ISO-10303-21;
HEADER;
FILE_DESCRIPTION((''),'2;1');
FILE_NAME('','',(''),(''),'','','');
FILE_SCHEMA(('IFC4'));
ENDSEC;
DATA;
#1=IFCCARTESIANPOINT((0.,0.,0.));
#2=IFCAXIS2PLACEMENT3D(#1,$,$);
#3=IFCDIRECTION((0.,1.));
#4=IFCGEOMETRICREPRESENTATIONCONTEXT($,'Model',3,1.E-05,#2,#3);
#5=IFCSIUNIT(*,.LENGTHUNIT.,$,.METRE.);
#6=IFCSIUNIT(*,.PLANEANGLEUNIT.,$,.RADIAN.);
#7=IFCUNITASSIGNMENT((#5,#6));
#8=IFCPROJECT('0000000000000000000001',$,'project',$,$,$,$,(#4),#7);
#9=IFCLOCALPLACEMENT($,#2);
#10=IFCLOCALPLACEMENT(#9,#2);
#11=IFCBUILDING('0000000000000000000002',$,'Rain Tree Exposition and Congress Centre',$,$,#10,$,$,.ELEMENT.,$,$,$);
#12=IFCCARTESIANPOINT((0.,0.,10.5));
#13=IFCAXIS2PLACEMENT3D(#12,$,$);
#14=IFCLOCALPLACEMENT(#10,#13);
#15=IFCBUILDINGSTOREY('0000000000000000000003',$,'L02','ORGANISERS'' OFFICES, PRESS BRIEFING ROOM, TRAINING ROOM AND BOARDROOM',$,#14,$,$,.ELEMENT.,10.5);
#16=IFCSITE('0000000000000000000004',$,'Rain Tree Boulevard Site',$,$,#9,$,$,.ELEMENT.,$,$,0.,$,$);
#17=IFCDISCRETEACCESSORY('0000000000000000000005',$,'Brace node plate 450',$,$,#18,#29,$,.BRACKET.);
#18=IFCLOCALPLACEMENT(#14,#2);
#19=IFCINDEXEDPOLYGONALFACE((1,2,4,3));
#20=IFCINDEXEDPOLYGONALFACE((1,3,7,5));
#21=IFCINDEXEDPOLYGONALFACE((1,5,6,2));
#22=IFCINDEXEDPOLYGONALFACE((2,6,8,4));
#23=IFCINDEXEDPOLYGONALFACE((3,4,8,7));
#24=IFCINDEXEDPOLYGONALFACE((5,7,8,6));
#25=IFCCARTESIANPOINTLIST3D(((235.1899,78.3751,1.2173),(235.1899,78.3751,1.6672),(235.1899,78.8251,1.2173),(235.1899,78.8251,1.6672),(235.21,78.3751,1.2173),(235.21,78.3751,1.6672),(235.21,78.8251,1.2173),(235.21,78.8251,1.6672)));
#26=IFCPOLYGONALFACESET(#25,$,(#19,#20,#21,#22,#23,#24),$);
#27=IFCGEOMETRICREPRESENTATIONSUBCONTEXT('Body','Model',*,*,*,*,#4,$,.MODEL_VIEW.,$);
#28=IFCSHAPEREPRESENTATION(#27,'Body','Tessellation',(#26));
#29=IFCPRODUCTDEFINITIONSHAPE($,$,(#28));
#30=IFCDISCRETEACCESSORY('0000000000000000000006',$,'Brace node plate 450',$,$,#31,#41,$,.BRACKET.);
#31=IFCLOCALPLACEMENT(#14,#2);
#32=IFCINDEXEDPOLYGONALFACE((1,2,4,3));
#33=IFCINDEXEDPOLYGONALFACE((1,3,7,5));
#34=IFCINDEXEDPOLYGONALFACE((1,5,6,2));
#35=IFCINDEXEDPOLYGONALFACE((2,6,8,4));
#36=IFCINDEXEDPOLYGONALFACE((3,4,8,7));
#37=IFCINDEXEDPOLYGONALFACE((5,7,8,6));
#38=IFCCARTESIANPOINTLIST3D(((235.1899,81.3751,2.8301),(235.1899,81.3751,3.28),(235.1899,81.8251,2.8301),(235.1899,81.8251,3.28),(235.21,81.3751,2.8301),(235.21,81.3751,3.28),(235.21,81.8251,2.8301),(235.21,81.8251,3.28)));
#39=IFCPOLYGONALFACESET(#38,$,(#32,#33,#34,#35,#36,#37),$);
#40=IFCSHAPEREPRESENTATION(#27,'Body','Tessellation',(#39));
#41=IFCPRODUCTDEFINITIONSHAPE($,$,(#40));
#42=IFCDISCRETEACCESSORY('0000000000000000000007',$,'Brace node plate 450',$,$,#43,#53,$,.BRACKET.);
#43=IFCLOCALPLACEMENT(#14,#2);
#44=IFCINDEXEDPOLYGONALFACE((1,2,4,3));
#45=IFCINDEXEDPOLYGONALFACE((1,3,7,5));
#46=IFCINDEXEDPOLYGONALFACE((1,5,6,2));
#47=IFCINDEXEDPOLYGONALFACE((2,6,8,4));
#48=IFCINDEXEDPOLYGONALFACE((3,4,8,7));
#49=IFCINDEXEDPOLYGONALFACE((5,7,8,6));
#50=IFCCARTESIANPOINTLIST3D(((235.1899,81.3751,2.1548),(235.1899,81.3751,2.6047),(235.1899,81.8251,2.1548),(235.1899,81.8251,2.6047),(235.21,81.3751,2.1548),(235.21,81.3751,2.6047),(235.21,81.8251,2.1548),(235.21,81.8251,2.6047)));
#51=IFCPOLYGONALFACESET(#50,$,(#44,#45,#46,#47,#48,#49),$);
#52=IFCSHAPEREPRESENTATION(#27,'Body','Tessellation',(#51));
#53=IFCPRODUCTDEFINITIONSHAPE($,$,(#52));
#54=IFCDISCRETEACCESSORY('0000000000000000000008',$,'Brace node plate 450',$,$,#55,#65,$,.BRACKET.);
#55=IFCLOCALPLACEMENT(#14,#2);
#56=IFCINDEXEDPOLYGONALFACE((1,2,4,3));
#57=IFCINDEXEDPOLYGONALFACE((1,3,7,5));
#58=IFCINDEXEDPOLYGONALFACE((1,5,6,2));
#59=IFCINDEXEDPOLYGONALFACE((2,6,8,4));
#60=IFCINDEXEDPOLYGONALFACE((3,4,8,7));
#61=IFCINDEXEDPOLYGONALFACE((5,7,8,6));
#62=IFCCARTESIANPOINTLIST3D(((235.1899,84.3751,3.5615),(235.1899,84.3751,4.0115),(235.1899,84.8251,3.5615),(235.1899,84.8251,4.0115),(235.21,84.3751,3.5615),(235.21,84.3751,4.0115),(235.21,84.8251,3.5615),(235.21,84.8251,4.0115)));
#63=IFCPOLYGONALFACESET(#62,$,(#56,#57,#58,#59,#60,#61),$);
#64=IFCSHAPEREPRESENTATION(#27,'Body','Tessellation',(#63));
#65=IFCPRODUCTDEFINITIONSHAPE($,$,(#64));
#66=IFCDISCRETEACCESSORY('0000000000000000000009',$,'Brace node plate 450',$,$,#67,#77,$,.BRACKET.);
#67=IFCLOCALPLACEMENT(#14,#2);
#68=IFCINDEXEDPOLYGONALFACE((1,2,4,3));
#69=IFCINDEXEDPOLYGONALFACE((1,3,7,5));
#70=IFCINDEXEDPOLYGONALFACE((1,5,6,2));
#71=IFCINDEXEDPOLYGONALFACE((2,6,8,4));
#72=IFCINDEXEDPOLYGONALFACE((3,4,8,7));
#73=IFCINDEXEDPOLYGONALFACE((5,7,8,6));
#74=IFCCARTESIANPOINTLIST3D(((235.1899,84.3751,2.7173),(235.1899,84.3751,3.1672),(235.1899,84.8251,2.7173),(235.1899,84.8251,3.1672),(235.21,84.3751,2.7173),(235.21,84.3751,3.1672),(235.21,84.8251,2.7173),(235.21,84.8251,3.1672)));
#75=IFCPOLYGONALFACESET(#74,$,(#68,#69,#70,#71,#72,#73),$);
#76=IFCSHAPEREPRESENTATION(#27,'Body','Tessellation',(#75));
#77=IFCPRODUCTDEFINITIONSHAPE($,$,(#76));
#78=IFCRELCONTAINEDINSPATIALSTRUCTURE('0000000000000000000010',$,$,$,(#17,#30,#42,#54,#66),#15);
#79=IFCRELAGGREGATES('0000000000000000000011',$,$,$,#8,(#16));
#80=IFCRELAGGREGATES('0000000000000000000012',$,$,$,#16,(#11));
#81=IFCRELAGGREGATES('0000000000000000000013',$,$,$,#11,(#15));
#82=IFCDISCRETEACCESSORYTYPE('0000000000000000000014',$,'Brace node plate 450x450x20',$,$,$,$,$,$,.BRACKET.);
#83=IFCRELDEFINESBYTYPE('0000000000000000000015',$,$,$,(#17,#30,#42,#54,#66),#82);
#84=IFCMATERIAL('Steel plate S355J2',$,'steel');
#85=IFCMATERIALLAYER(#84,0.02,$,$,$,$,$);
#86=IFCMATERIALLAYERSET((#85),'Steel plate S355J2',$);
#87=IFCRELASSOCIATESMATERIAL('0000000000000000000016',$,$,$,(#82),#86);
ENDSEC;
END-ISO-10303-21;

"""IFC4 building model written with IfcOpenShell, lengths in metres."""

from ifc_helpers import new_model, si_unit, direction, frame, origin, origin_2d, place, context, subcontext, project, spatial, rectangle, extrude, material, layer, layer_set, type_object, element, save


model = new_model("IFC4")

# Units and contexts
model_context = context("Model", 3, precision=1e-05, world=origin(), true_north=direction((0.0, 1.0)))
body_context = subcontext(model_context, "Body", "Model", "MODEL_VIEW")
ifc_project = project(units=[si_unit("LENGTHUNIT", "METRE"), si_unit("PLANEANGLEUNIT", "RADIAN")], contexts=[model_context])

# Site, building, storey
site_placement = place(None, origin())
site = spatial("IfcSite", under=ifc_project, at=site_placement, Name="Rain Tree Boulevard Site", CompositionType="ELEMENT", RefElevation=0.0)
building_placement = place(site_placement, origin())
building = spatial("IfcBuilding", under=site, at=building_placement, Name="Rain Tree Exposition and Congress Centre", CompositionType="ELEMENT")
storey_placement = place(building_placement, frame((0.0, 0.0, 10.5)))
storey = spatial("IfcBuildingStorey", under=building, at=storey_placement, Name="L02", Description="ORGANISERS' OFFICES, PRESS BRIEFING ROOM, TRAINING ROOM AND BOARDROOM", CompositionType="ELEMENT", Elevation=10.5)

# Discrete accessories
ifc_material_1 = material(Name="Steel plate S355J2", Category="steel")
ifc_layer = layer(ifc_material_1, 0.02)
ifc_layer_set = layer_set([ifc_layer], Name="Steel plate S355J2")
discrete_accessory_type = type_object("IfcDiscreteAccessoryType", Name="Brace node plate 450x450x20", PredefinedType="BRACKET", material=ifc_layer_set)
for number, where, z_axis, x_axis, name in (
    (1, (235.2, 78.6001, 1.2173), (0.0, 0.0, 1.0), (0.0, 1.0, 0.0), "Brace node plate 450"),
    (2, (235.2, 81.6001, 2.8301), (0.0, 0.0, 1.0), (0.0, -1.0, 0.0), "Brace node plate 450"),
    (3, (235.2, 81.6001, 2.1548), (0.0, 0.0, 1.0), (0.0, 1.0, 0.0), "Brace node plate 450"),
    (4, (235.2, 84.6001, 3.5615), (0.0, 0.0, 1.0), (0.0, -1.0, 0.0), "Brace node plate 450"),
    (5, (235.2, 84.6001, 2.7173), (0.0, 0.0, 1.0), (0.0, 1.0, 0.0), "Brace node plate 450"),
):
    element("IfcDiscreteAccessory", number, at=place(storey_placement, frame(where, z_axis=z_axis, x_axis=x_axis)), inside=storey, type_object=discrete_accessory_type, Name=name, PredefinedType="BRACKET", context=body_context, shape_type="SweptSolid", body=[
        extrude(rectangle(XDim=0.45, YDim=0.02, at=origin_2d()), origin(), (0.0, 0.0, 1.0), 0.45),
    ])

save(model, "model.ifc")
